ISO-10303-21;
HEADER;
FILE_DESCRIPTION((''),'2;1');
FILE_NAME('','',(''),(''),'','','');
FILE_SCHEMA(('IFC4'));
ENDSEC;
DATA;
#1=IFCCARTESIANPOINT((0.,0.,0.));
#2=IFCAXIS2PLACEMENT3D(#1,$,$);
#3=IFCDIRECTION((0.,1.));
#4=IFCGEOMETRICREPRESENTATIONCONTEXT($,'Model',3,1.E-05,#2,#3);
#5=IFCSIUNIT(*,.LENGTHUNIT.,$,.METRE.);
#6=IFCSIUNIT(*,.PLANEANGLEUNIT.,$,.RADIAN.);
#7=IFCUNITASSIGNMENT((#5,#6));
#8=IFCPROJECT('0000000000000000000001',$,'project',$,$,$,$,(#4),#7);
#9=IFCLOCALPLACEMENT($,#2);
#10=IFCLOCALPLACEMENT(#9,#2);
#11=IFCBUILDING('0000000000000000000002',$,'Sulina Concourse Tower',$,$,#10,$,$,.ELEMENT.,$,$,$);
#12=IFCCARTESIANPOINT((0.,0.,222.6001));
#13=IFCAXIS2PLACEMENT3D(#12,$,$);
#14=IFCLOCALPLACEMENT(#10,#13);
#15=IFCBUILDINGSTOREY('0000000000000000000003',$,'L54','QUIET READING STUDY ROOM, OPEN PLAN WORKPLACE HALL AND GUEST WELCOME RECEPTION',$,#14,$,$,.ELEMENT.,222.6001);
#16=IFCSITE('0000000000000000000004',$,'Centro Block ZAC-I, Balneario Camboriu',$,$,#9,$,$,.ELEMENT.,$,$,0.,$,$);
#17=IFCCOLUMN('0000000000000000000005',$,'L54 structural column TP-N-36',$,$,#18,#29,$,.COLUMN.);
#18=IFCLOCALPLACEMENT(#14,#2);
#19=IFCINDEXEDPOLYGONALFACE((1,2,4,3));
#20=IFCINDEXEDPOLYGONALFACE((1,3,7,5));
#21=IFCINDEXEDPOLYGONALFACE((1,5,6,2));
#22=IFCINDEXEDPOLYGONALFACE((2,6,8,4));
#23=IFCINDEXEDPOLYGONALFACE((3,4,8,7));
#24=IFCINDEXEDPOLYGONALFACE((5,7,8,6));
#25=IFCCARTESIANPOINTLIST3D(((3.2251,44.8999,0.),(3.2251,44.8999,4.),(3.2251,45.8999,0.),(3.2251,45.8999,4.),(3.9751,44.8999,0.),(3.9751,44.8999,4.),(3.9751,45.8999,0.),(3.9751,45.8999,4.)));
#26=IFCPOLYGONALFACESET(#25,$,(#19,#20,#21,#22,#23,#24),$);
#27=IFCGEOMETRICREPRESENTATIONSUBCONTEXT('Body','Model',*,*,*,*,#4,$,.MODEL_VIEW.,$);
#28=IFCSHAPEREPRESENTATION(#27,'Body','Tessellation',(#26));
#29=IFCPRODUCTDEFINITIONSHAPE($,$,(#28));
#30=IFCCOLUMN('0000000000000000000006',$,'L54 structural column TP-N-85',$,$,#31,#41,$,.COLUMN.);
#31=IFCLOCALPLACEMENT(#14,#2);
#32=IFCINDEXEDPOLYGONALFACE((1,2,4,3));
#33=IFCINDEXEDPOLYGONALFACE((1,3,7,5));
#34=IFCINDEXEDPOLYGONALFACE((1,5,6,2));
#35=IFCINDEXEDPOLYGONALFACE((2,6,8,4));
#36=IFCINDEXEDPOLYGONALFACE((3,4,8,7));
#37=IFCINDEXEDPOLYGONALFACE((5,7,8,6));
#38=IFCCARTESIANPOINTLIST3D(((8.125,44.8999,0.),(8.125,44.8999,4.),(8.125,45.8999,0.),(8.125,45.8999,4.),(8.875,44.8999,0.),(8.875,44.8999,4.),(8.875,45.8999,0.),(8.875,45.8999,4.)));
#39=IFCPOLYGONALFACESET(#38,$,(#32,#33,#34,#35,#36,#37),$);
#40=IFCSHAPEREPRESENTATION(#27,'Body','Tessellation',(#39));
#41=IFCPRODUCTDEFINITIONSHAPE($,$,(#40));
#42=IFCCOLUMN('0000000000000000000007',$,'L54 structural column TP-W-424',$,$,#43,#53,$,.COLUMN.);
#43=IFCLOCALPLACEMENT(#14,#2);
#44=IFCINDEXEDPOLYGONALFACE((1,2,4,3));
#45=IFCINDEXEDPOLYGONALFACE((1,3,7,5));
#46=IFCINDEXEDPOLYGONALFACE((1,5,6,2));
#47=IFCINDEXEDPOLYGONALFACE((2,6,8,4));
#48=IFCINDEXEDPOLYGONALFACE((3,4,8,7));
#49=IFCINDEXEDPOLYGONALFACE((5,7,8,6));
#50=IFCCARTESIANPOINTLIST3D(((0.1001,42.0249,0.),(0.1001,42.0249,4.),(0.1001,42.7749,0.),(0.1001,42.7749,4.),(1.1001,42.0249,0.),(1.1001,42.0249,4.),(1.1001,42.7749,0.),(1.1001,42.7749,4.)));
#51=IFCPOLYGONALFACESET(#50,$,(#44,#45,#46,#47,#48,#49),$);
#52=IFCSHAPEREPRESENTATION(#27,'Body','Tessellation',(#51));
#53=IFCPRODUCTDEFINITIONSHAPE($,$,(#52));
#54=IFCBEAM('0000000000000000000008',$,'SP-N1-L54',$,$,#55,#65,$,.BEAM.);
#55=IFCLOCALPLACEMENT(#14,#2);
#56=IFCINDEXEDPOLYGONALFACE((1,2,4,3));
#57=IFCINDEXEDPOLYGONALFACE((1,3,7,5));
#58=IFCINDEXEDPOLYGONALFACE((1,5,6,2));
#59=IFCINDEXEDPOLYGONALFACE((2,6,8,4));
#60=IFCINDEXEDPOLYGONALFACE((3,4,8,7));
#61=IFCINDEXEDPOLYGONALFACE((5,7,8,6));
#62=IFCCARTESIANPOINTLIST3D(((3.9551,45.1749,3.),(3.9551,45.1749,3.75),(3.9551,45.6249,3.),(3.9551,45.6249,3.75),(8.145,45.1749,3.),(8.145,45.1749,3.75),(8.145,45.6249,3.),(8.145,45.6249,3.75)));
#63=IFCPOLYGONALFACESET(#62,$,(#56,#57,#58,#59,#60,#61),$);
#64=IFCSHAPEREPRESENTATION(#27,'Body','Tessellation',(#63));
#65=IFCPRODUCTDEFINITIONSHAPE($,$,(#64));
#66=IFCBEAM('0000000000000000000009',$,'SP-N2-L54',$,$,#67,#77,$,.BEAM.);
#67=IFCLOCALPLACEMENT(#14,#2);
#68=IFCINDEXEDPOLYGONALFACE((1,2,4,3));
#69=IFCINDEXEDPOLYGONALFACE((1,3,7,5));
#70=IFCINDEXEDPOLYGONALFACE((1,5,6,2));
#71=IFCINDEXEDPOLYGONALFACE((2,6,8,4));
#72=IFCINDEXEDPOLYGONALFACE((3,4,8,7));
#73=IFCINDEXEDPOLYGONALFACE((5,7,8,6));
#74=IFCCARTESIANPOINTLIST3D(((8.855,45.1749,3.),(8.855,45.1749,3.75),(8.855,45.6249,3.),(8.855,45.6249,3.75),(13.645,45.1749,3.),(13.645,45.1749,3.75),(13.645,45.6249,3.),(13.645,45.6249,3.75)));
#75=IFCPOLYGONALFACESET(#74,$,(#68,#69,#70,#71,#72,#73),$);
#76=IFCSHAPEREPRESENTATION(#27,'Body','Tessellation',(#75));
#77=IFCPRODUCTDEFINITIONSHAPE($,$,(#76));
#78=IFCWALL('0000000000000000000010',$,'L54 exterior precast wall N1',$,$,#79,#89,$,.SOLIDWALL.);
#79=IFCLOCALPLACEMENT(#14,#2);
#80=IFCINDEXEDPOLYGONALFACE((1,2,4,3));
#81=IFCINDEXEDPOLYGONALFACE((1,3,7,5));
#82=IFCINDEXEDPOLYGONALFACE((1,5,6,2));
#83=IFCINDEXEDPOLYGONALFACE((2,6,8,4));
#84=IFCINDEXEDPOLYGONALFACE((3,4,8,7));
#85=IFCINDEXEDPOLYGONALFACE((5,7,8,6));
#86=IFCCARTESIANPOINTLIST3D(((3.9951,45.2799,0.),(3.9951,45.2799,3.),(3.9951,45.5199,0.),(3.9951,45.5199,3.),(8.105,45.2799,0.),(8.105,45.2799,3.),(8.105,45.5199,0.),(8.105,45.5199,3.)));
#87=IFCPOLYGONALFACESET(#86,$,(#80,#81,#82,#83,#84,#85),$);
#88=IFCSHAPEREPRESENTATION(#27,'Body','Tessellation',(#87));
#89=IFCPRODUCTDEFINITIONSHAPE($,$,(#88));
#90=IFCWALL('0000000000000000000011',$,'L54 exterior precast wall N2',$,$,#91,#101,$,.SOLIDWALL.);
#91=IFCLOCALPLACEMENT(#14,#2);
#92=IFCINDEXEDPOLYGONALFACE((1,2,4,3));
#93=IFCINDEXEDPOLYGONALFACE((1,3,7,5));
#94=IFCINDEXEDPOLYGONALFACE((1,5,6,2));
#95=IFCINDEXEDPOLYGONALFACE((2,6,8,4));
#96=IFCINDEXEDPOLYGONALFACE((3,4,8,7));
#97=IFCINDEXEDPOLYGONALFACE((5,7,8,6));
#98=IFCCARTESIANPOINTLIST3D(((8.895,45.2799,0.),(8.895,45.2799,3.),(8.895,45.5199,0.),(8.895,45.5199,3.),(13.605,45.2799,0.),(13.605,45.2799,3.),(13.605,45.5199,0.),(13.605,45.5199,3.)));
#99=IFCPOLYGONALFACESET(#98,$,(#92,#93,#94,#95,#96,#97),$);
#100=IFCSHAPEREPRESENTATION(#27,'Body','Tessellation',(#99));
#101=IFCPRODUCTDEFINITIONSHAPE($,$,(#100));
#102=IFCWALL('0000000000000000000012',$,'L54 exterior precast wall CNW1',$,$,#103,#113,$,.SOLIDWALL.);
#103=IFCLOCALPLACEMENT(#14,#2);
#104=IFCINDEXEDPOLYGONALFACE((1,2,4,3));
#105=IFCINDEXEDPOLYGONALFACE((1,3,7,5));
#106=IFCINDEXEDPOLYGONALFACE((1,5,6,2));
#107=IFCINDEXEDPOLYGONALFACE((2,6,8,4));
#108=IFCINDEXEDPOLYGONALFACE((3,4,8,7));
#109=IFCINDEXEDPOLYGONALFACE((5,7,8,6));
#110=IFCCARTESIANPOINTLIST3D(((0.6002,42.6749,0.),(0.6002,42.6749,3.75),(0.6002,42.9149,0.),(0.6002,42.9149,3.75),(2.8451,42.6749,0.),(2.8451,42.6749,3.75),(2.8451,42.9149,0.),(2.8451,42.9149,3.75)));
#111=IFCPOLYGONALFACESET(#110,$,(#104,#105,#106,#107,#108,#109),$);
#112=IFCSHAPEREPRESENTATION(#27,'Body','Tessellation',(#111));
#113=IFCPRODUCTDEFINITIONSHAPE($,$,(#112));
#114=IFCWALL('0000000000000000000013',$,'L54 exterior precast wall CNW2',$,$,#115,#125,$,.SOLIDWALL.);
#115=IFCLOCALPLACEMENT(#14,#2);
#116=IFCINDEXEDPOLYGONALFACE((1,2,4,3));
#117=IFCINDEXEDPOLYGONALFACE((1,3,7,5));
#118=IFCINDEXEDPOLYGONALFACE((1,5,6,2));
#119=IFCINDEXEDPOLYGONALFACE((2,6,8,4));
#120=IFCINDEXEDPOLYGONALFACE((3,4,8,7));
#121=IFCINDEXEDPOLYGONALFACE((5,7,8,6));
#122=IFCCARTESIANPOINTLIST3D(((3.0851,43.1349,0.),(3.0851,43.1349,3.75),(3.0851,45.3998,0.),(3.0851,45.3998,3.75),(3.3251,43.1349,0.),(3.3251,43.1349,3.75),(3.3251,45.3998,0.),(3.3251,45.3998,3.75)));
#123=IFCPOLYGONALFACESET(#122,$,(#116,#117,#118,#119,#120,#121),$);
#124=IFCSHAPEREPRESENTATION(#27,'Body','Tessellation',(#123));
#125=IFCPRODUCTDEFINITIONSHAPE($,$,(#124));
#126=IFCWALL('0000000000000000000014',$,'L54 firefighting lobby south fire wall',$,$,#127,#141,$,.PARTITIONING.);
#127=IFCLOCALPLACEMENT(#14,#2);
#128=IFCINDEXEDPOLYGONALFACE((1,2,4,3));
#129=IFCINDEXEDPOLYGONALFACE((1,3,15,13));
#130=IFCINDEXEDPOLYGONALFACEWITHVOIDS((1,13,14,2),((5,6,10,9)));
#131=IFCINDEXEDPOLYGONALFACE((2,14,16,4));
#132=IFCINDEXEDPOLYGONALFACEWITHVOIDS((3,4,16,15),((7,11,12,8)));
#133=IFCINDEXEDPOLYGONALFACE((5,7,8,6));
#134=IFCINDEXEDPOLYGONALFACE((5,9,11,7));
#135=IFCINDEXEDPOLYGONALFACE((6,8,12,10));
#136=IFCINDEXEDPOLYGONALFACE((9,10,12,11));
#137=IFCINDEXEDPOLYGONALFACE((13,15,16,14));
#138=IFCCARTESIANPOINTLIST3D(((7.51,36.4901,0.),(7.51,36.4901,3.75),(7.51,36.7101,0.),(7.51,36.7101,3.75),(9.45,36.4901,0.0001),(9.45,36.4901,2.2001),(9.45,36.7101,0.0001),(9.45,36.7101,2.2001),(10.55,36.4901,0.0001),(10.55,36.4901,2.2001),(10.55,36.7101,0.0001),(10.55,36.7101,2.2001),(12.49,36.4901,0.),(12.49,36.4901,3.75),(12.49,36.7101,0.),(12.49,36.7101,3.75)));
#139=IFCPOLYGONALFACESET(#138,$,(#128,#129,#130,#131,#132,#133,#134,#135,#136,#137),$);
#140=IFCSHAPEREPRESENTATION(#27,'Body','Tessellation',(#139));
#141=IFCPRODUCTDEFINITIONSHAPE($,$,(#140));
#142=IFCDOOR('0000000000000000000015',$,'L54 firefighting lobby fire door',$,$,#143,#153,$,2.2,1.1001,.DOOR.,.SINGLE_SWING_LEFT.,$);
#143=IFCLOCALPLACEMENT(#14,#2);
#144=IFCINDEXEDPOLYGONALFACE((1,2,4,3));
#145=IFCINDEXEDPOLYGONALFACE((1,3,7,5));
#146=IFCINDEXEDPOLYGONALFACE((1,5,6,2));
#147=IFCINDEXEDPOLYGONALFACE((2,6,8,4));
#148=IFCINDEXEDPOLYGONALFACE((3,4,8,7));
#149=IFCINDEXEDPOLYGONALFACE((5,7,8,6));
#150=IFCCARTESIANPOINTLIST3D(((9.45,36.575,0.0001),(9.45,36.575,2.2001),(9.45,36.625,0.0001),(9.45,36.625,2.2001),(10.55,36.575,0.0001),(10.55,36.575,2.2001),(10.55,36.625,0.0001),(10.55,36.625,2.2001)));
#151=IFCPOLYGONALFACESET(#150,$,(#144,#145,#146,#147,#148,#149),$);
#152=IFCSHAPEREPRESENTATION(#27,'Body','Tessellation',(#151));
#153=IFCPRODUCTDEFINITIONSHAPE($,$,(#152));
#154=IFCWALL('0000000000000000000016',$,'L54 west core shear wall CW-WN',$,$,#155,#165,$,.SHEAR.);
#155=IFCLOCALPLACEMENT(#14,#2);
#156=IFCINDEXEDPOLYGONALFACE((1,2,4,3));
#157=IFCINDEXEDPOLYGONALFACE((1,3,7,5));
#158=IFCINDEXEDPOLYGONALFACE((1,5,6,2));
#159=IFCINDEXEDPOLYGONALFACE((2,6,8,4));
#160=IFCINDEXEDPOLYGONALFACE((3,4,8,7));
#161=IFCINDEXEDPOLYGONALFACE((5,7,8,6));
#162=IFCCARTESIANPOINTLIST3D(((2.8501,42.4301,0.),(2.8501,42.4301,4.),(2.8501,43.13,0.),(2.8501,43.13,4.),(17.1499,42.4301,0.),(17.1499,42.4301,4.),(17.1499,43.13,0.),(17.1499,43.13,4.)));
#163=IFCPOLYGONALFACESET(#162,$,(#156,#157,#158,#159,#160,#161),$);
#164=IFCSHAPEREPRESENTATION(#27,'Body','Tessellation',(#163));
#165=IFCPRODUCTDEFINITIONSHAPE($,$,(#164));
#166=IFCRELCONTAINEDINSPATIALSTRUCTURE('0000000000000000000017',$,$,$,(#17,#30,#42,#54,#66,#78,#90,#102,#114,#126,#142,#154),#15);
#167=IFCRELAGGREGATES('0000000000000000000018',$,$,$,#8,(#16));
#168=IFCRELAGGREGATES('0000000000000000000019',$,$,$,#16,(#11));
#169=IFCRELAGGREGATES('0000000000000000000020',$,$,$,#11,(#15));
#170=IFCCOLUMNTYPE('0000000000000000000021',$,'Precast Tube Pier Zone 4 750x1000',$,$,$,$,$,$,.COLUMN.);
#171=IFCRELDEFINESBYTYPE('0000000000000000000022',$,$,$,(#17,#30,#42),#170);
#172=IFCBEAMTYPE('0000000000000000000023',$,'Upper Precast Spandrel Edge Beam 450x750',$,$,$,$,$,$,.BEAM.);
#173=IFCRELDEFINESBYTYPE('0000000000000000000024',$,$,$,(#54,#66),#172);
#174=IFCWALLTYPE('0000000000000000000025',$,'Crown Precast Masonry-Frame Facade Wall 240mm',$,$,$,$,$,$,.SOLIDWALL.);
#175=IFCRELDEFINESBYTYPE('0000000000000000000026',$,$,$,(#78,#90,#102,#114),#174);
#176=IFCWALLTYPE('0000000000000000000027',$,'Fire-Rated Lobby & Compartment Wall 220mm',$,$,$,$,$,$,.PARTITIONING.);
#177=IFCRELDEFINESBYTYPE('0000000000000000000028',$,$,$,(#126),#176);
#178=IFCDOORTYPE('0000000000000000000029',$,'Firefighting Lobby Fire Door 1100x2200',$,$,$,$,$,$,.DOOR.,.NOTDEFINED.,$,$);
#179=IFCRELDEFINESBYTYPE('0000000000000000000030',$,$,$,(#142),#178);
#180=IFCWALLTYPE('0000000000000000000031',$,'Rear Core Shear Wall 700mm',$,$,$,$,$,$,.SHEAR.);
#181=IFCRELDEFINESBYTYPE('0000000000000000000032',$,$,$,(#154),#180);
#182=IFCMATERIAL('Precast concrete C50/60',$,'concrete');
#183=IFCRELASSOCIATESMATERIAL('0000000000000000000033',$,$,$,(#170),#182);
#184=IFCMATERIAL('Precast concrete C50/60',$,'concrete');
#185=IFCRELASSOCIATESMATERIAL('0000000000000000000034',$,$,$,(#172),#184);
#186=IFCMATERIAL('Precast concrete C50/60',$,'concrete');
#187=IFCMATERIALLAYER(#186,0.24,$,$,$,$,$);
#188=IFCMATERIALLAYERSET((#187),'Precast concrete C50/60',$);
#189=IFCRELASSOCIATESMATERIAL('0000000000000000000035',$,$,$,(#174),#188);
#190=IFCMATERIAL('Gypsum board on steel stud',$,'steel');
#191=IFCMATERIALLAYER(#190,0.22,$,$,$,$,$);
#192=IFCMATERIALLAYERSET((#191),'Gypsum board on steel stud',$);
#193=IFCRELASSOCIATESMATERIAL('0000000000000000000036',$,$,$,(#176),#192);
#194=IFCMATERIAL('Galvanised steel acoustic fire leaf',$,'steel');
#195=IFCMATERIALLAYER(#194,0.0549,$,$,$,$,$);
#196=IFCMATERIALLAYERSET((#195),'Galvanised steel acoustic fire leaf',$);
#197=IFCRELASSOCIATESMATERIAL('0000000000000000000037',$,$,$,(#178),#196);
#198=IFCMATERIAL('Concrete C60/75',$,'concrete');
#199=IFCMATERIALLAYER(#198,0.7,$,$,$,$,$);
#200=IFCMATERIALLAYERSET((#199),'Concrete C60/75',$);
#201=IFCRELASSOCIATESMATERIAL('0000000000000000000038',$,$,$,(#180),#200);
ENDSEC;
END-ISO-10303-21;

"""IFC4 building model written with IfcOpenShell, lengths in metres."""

from ifc_helpers import new_model, si_unit, direction, frame, frame_2d, origin, origin_2d, place, context, subcontext, project, spatial, rectangle, extrude, material, layer, layer_set, material_profile, profile_set, type_object, element, fill, save


model = new_model("IFC4")

# Units and contexts
model_context = context("Model", 3, precision=1e-05, world=origin(), true_north=direction((0.0, 1.0)))
body_context = subcontext(model_context, "Body", "Model", "MODEL_VIEW")
ifc_project = project(units=[si_unit("LENGTHUNIT", "METRE"), si_unit("PLANEANGLEUNIT", "RADIAN")], contexts=[model_context])

# Site, building, storey
site_placement = place(None, origin())
site = spatial("IfcSite", under=ifc_project, at=site_placement, Name="Centro Block ZAC-I, Balneario Camboriu", CompositionType="ELEMENT", RefElevation=0.0)
building_placement = place(site_placement, origin())
building = spatial("IfcBuilding", under=site, at=building_placement, Name="Sulina Concourse Tower", CompositionType="ELEMENT")
storey_placement = place(building_placement, frame((0.0, 0.0, 222.6001)))
storey = spatial("IfcBuildingStorey", under=building, at=storey_placement, Name="L54", Description="QUIET READING STUDY ROOM, OPEN PLAN WORKPLACE HALL AND GUEST WELCOME RECEPTION", CompositionType="ELEMENT", Elevation=222.6001)

# Columns
ifc_material_1 = material(Name="Precast concrete C50/60", Category="concrete")
ifc_material_profile_1 = material_profile(ifc_material_1, rectangle(XDim=0.75, YDim=1.0, at=origin_2d()), Name="PC 750x1000")
ifc_profile_set_1 = profile_set([ifc_material_profile_1], Name="Precast concrete C50/60")
column_type = type_object("IfcColumnType", Name="Precast Tube Pier Zone 4 750x1000", PredefinedType="COLUMN", material=ifc_profile_set_1)
for number, where, z_axis, x_axis, name in (
    (1, (3.6001, 45.3999, 0.0), (0.0, 0.0, 1.0), (1.0, 0.0, 0.0), "L54 structural column TP-N-36"),
    (2, (8.5, 45.3999, 0.0), (0.0, 0.0, 1.0), (1.0, 0.0, 0.0), "L54 structural column TP-N-85"),
    (3, (0.6001, 42.3999, 0.0), (0.0, 0.0, 1.0), (0.0, 1.0, 0.0), "L54 structural column TP-W-424"),
):
    element("IfcColumn", number, at=place(storey_placement, frame(where, z_axis=z_axis, x_axis=x_axis)), inside=storey, type_object=column_type, Name=name, PredefinedType="COLUMN", context=body_context, shape_type="SweptSolid", body=[
        extrude(rectangle(XDim=0.75, YDim=1.0, at=origin_2d()), origin(), (0.0, 0.0, 1.0), 4.0),
    ])

# Beams
ifc_material_2 = material(Name="Precast concrete C50/60", Category="concrete")
ifc_material_profile_2 = material_profile(ifc_material_2, rectangle(XDim=0.45, YDim=0.75, at=origin_2d()), Name="RC 450x750")
ifc_profile_set_2 = profile_set([ifc_material_profile_2], Name="Precast concrete C50/60")
beam_type = type_object("IfcBeamType", Name="Upper Precast Spandrel Edge Beam 450x750", PredefinedType="BEAM", material=ifc_profile_set_2)
beam_1_placement = place(storey_placement, frame((3.9551, 45.3999, 3.375), z_axis=(1.0, 0.0, 0.0), x_axis=(0.0, 1.0, 0.0)))
element("IfcBeam", 4, at=beam_1_placement, inside=storey, type_object=beam_type, Name="SP-N1-L54", PredefinedType="BEAM", context=body_context, shape_type="SweptSolid", body=[
    extrude(rectangle(XDim=0.45, YDim=0.75, at=origin_2d()), origin(), (0.0, 0.0, 1.0), 4.1899),
])
beam_2_placement = place(storey_placement, frame((8.855, 45.3999, 3.375), z_axis=(1.0, 0.0, 0.0), x_axis=(0.0, 1.0, 0.0)))
element("IfcBeam", 5, at=beam_2_placement, inside=storey, type_object=beam_type, Name="SP-N2-L54", PredefinedType="BEAM", context=body_context, shape_type="SweptSolid", body=[
    extrude(rectangle(XDim=0.45, YDim=0.75, at=origin_2d()), origin(), (0.0, 0.0, 1.0), 4.79),
])

# Walls
ifc_material_3 = material(Name="Precast concrete C50/60", Category="concrete")
ifc_layer_1 = layer(ifc_material_3, 0.24)
ifc_layer_set_1 = layer_set([ifc_layer_1], Name="Precast concrete C50/60")
wall_type_1 = type_object("IfcWallType", Name="Crown Precast Masonry-Frame Facade Wall 240mm", PredefinedType="SOLIDWALL", material=ifc_layer_set_1)
wall_1_placement = place(storey_placement, frame((3.9951, 45.3999, 0.0), z_axis=(0.0, 0.0, 1.0), x_axis=(1.0, 0.0, 0.0)))
element("IfcWall", 6, at=wall_1_placement, inside=storey, type_object=wall_type_1, Name="L54 exterior precast wall N1", PredefinedType="SOLIDWALL", context=body_context, shape_type="SweptSolid", body=[
    extrude(rectangle(XDim=4.1099, YDim=0.24, at=frame_2d((2.0549, 0.0))), origin(), (0.0, 0.0, 1.0), 3.0),
])
wall_2_placement = place(storey_placement, frame((8.895, 45.3999, 0.0), z_axis=(0.0, 0.0, 1.0), x_axis=(1.0, 0.0, 0.0)))
element("IfcWall", 7, at=wall_2_placement, inside=storey, type_object=wall_type_1, Name="L54 exterior precast wall N2", PredefinedType="SOLIDWALL", context=body_context, shape_type="SweptSolid", body=[
    extrude(rectangle(XDim=4.71, YDim=0.24, at=frame_2d((2.355, 0.0))), origin(), (0.0, 0.0, 1.0), 3.0),
])
wall_3_placement = place(storey_placement, frame((0.6001, 42.7949, 0.0), z_axis=(0.0, 0.0, 1.0), x_axis=(1.0, 0.0, 0.0)))
element("IfcWall", 8, at=wall_3_placement, inside=storey, type_object=wall_type_1, Name="L54 exterior precast wall CNW1", PredefinedType="SOLIDWALL", context=body_context, shape_type="SweptSolid", body=[
    extrude(rectangle(XDim=2.2449, YDim=0.24, at=frame_2d((1.1226, 0.0))), origin(), (0.0, 0.0, 1.0), 3.75),
])
wall_4_placement = place(storey_placement, frame((3.2051, 43.135, 0.0), z_axis=(0.0, 0.0, 1.0), x_axis=(0.0, 1.0, 0.0)))
element("IfcWall", 9, at=wall_4_placement, inside=storey, type_object=wall_type_1, Name="L54 exterior precast wall CNW2", PredefinedType="SOLIDWALL", context=body_context, shape_type="SweptSolid", body=[
    extrude(rectangle(XDim=2.2649, YDim=0.24, at=frame_2d((1.1323, 0.0))), origin(), (0.0, 0.0, 1.0), 3.75),
])

# Wall, opening, door
ifc_material_4 = material(Name="Gypsum board on steel stud", Category="steel")
ifc_layer_2 = layer(ifc_material_4, 0.22)
ifc_layer_set_2 = layer_set([ifc_layer_2], Name="Gypsum board on steel stud")
wall_type_2 = type_object("IfcWallType", Name="Fire-Rated Lobby & Compartment Wall 220mm", PredefinedType="PARTITIONING", material=ifc_layer_set_2)
wall_5_placement = place(storey_placement, frame((7.51, 36.6001, 0.0), z_axis=(0.0, 0.0, 1.0), x_axis=(1.0, 0.0, 0.0)))
wall_5 = element("IfcWall", 10, at=wall_5_placement, inside=storey, type_object=wall_type_2, Name="L54 firefighting lobby south fire wall", PredefinedType="PARTITIONING", context=body_context, shape_type="SweptSolid", body=[
    extrude(rectangle(XDim=4.98, YDim=0.22, at=frame_2d((2.49, 0.0))), origin(), (0.0, 0.0, 1.0), 3.75),
])
opening_placement = place(wall_5_placement, frame((1.9399, 0.0, 0.0)))
opening = element("IfcOpeningElement", 11, at=opening_placement, cuts=wall_5, PredefinedType="OPENING", context=body_context, shape_type="SweptSolid", body=[
    extrude(rectangle(XDim=1.1001, YDim=2.2, at=frame_2d((0.55, 1.1001))), frame((0.0, 0.1199, 0.0), z_axis=(0.0, -1.0, 0.0), x_axis=(1.0, 0.0, 0.0)), (0.0, 0.0, 1.0), 0.24),
])
ifc_material_5 = material(Name="Galvanised steel acoustic fire leaf", Category="steel")
ifc_layer_3 = layer(ifc_material_5, 0.0549)
ifc_layer_set_3 = layer_set([ifc_layer_3], Name="Galvanised steel acoustic fire leaf")
door_type = type_object("IfcDoorType", Name="Firefighting Lobby Fire Door 1100x2200", OperationType="NOTDEFINED", PredefinedType="DOOR", material=ifc_layer_set_3)
door_placement = place(opening_placement, origin())
door = element("IfcDoor", 12, at=door_placement, inside=storey, type_object=door_type, Name="L54 firefighting lobby fire door", OperationType="SINGLE_SWING_LEFT", OverallHeight=2.2, OverallWidth=1.1001, PredefinedType="DOOR", context=body_context, shape_type="SweptSolid", body=[
    extrude(rectangle(XDim=1.1001, YDim=2.2, at=frame_2d((0.55, 1.1001))), frame((0.0, 0.0249, 0.0), z_axis=(0.0, -1.0, 0.0), x_axis=(1.0, 0.0, 0.0)), (0.0, 0.0, 1.0), 0.05),
])
fill(opening, door)

# Wall
ifc_material_6 = material(Name="Concrete C60/75", Category="concrete")
ifc_layer_4 = layer(ifc_material_6, 0.7)
ifc_layer_set_4 = layer_set([ifc_layer_4], Name="Concrete C60/75")
wall_type_3 = type_object("IfcWallType", Name="Rear Core Shear Wall 700mm", PredefinedType="SHEAR", material=ifc_layer_set_4)
wall_6_placement = place(storey_placement, frame((2.8501, 42.78, 0.0), z_axis=(0.0, 0.0, 1.0), x_axis=(1.0, 0.0, 0.0)))
element("IfcWall", 13, at=wall_6_placement, inside=storey, type_object=wall_type_3, Name="L54 west core shear wall CW-WN", PredefinedType="SHEAR", context=body_context, shape_type="SweptSolid", body=[
    extrude(rectangle(XDim=14.2998, YDim=0.7, at=frame_2d((7.1499, 0.0))), origin(), (0.0, 0.0, 1.0), 4.0),
])

save(model, "model.ifc")
